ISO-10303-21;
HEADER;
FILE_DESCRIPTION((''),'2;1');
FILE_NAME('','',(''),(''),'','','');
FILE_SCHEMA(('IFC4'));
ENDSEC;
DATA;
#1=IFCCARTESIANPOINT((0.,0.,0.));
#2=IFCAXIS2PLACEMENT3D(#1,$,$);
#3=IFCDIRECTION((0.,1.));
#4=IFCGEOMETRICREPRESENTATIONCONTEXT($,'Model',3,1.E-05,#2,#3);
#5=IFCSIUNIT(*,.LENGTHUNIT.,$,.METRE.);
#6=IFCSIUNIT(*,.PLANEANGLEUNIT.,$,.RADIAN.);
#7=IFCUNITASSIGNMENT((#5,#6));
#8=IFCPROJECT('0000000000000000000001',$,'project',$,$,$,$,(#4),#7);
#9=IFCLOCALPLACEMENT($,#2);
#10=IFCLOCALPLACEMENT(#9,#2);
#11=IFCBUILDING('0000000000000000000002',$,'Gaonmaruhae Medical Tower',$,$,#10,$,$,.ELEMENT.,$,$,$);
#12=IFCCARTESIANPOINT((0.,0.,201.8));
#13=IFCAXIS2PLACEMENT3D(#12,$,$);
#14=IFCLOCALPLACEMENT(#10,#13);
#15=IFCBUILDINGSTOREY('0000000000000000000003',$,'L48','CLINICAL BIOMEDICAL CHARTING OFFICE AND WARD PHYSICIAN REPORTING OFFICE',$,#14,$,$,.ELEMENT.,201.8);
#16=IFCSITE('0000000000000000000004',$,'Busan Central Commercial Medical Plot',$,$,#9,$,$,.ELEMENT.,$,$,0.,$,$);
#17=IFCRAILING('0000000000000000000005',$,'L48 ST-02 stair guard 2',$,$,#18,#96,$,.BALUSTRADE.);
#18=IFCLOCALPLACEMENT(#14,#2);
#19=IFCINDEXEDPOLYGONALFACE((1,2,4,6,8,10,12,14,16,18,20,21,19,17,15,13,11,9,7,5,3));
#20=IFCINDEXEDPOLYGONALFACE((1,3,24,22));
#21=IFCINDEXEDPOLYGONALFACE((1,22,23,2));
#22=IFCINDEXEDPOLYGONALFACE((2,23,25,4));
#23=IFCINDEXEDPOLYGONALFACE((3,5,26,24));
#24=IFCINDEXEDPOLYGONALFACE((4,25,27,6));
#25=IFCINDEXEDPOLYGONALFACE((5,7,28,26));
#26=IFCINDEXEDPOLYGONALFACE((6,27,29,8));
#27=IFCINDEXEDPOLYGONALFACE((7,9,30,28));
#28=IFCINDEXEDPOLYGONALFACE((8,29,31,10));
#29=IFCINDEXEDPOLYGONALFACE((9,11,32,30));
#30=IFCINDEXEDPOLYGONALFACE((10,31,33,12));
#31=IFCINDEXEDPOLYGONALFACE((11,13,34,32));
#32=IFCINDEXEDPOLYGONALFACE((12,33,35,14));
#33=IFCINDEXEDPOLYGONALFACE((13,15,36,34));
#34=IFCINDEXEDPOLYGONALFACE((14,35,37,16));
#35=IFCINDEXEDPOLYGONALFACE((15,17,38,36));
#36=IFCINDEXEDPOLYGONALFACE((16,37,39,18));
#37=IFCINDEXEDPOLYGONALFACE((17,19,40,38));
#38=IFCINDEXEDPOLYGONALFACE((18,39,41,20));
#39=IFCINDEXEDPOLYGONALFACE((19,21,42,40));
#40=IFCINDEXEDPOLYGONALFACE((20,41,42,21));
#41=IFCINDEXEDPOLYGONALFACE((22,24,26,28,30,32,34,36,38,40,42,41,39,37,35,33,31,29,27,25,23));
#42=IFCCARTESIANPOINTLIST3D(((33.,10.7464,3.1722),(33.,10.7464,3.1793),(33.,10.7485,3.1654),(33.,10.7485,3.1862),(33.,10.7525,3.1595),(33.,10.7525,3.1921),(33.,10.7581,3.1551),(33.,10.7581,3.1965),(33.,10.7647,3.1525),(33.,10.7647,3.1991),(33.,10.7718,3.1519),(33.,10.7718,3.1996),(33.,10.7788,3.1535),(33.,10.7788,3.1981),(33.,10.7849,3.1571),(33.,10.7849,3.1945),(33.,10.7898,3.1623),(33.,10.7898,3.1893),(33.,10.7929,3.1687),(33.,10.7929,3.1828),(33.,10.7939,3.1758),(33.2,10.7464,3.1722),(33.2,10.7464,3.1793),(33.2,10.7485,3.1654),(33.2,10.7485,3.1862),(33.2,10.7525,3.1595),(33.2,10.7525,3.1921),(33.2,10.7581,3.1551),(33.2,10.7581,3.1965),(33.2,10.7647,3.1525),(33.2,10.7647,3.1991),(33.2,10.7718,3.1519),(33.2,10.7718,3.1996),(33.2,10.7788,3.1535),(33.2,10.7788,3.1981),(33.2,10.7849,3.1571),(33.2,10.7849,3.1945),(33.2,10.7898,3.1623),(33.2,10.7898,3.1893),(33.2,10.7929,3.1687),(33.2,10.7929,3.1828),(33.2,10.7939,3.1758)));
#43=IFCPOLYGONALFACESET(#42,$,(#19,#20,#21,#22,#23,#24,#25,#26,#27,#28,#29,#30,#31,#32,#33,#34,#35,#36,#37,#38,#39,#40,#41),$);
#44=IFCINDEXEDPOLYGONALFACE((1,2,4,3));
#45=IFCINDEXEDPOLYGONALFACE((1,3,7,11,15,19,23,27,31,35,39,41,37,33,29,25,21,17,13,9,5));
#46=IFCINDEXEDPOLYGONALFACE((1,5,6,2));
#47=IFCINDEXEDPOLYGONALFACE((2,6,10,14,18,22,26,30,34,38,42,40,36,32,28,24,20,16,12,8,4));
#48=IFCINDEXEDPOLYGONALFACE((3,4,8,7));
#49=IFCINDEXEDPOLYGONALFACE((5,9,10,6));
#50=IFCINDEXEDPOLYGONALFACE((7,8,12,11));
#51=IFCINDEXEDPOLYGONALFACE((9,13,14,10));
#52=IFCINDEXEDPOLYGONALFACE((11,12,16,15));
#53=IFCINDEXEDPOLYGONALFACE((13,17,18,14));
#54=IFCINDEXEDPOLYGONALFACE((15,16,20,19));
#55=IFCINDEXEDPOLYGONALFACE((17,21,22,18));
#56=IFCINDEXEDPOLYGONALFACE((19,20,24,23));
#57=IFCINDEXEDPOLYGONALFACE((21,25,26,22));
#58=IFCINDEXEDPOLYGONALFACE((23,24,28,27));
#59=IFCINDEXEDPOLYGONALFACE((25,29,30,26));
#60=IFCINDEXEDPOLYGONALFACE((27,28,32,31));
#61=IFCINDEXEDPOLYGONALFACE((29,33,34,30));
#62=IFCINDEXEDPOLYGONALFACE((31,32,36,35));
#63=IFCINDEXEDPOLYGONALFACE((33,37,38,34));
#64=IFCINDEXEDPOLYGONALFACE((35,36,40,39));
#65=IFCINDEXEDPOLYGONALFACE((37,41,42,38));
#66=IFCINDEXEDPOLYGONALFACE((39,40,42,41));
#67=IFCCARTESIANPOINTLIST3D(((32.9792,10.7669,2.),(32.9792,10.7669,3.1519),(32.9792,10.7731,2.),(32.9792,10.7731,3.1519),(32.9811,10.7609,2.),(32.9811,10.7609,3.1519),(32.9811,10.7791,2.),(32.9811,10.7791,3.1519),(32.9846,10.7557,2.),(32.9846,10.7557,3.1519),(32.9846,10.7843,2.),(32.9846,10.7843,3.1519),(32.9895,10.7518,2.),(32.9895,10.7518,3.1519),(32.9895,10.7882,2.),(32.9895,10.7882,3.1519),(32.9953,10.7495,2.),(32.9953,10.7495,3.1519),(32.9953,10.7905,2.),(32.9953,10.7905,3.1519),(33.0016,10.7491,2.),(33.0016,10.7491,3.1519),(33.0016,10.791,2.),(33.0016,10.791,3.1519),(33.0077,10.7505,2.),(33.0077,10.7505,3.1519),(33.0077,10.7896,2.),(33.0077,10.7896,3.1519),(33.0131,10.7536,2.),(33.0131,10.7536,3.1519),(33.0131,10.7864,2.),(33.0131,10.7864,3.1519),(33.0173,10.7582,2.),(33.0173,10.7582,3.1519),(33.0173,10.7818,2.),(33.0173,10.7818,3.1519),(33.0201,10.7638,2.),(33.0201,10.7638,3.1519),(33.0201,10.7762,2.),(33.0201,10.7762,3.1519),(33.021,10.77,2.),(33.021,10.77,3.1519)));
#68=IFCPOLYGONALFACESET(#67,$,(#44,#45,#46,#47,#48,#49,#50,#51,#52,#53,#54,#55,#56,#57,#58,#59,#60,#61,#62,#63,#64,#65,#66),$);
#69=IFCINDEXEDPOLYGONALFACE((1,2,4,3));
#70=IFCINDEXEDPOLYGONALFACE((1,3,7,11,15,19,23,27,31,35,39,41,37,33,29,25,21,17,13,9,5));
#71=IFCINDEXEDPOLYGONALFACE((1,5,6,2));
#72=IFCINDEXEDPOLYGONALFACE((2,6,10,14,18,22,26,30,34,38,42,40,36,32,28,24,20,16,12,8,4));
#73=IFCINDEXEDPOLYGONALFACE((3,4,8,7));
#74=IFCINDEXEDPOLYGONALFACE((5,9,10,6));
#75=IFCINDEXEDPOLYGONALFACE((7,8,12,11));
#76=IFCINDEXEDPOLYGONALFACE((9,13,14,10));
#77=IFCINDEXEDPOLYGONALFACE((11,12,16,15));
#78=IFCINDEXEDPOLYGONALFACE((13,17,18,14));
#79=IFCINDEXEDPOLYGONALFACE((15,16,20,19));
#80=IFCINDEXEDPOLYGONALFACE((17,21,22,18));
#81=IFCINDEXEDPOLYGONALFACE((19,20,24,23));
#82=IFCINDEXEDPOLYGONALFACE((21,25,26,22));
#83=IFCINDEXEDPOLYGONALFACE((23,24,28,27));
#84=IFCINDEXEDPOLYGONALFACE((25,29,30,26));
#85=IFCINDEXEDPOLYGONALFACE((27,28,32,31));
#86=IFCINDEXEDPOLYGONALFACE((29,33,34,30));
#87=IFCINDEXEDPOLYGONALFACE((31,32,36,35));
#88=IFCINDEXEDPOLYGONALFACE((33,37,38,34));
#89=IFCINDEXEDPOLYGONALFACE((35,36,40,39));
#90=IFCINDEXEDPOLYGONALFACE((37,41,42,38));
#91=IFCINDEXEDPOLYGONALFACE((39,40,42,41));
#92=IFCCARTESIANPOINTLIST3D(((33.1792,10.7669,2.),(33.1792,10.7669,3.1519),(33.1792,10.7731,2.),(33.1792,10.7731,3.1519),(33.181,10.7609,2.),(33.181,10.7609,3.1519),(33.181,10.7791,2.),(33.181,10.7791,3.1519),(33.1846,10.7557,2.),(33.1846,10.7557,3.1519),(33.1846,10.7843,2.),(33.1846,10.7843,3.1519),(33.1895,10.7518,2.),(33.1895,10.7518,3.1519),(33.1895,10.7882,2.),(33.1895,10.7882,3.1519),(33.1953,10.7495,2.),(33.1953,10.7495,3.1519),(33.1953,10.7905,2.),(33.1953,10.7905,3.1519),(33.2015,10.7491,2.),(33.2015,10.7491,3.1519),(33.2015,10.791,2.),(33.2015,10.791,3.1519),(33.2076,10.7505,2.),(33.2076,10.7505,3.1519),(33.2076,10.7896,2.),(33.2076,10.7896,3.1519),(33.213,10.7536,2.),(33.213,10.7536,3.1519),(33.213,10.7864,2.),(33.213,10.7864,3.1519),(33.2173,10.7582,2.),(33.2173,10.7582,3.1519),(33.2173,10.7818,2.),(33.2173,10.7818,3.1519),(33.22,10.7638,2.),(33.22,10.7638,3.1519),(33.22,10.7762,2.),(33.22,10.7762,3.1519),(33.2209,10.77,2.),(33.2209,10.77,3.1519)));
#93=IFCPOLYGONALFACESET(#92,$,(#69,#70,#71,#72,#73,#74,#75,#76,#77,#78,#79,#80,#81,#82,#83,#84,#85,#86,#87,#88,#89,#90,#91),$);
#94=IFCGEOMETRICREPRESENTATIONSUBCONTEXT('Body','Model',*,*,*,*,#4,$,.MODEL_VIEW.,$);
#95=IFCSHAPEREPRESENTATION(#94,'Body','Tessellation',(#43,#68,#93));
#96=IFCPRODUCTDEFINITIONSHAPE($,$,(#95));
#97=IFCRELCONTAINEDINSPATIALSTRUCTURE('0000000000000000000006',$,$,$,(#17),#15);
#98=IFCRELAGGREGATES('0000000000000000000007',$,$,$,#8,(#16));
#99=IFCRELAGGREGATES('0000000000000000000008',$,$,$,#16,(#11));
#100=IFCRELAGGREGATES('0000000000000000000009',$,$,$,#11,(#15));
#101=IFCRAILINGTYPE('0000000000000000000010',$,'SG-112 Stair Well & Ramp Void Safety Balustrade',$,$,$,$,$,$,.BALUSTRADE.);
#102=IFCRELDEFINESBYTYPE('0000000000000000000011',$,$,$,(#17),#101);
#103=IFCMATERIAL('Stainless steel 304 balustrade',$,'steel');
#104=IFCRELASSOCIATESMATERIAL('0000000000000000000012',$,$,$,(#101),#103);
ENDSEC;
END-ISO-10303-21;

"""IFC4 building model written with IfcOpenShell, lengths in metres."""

from ifc_helpers import new_model, si_unit, direction, frame, origin, origin_2d, place, context, subcontext, project, spatial, circle, extrude, material, type_object, element, save


model = new_model("IFC4")

# Units and contexts
model_context = context("Model", 3, precision=1e-05, world=origin(), true_north=direction((0.0, 1.0)))
body_context = subcontext(model_context, "Body", "Model", "MODEL_VIEW")
ifc_project = project(units=[si_unit("LENGTHUNIT", "METRE"), si_unit("PLANEANGLEUNIT", "RADIAN")], contexts=[model_context])

# Site, building, storey
site_placement = place(None, origin())
site = spatial("IfcSite", under=ifc_project, at=site_placement, Name="Busan Central Commercial Medical Plot", CompositionType="ELEMENT", RefElevation=0.0)
building_placement = place(site_placement, origin())
building = spatial("IfcBuilding", under=site, at=building_placement, Name="Gaonmaruhae Medical Tower", CompositionType="ELEMENT")
storey_placement = place(building_placement, frame((0.0, 0.0, 201.8)))
storey = spatial("IfcBuildingStorey", under=building, at=storey_placement, Name="L48", Description="CLINICAL BIOMEDICAL CHARTING OFFICE AND WARD PHYSICIAN REPORTING OFFICE", CompositionType="ELEMENT", Elevation=201.8)

# Railing
ifc_material_1 = material(Name="Stainless steel 304 balustrade", Category="steel")
railing_type_1 = type_object("IfcRailingType", Name="SG-112 Stair Well & Ramp Void Safety Balustrade", PredefinedType="BALUSTRADE", material=ifc_material_1)
railing_1_placement = place(storey_placement, frame((33.0, 10.77, 2.0)))
element("IfcRailing", 1, at=railing_1_placement, inside=storey, type_object=railing_type_1, Name="L48 ST-02 stair guard 2", PredefinedType="BALUSTRADE", context=body_context, shape_type="SweptSolid", body=[
    extrude(circle(Radius=0.0239, at=origin_2d()), frame((0.0, 0.0, 1.1758), z_axis=(1.0, 0.0, 0.0), x_axis=(0.0, 1.0, 0.0)), (0.0, 0.0, 1.0), 0.2),
    extrude(circle(Radius=0.021, at=origin_2d()), origin(), (0.0, 0.0, 1.0), 1.1519),
    extrude(circle(Radius=0.021, at=origin_2d()), frame((0.2, 0.0, 0.0)), (0.0, 0.0, 1.0), 1.1519),
])

save(model, "model.ifc")
